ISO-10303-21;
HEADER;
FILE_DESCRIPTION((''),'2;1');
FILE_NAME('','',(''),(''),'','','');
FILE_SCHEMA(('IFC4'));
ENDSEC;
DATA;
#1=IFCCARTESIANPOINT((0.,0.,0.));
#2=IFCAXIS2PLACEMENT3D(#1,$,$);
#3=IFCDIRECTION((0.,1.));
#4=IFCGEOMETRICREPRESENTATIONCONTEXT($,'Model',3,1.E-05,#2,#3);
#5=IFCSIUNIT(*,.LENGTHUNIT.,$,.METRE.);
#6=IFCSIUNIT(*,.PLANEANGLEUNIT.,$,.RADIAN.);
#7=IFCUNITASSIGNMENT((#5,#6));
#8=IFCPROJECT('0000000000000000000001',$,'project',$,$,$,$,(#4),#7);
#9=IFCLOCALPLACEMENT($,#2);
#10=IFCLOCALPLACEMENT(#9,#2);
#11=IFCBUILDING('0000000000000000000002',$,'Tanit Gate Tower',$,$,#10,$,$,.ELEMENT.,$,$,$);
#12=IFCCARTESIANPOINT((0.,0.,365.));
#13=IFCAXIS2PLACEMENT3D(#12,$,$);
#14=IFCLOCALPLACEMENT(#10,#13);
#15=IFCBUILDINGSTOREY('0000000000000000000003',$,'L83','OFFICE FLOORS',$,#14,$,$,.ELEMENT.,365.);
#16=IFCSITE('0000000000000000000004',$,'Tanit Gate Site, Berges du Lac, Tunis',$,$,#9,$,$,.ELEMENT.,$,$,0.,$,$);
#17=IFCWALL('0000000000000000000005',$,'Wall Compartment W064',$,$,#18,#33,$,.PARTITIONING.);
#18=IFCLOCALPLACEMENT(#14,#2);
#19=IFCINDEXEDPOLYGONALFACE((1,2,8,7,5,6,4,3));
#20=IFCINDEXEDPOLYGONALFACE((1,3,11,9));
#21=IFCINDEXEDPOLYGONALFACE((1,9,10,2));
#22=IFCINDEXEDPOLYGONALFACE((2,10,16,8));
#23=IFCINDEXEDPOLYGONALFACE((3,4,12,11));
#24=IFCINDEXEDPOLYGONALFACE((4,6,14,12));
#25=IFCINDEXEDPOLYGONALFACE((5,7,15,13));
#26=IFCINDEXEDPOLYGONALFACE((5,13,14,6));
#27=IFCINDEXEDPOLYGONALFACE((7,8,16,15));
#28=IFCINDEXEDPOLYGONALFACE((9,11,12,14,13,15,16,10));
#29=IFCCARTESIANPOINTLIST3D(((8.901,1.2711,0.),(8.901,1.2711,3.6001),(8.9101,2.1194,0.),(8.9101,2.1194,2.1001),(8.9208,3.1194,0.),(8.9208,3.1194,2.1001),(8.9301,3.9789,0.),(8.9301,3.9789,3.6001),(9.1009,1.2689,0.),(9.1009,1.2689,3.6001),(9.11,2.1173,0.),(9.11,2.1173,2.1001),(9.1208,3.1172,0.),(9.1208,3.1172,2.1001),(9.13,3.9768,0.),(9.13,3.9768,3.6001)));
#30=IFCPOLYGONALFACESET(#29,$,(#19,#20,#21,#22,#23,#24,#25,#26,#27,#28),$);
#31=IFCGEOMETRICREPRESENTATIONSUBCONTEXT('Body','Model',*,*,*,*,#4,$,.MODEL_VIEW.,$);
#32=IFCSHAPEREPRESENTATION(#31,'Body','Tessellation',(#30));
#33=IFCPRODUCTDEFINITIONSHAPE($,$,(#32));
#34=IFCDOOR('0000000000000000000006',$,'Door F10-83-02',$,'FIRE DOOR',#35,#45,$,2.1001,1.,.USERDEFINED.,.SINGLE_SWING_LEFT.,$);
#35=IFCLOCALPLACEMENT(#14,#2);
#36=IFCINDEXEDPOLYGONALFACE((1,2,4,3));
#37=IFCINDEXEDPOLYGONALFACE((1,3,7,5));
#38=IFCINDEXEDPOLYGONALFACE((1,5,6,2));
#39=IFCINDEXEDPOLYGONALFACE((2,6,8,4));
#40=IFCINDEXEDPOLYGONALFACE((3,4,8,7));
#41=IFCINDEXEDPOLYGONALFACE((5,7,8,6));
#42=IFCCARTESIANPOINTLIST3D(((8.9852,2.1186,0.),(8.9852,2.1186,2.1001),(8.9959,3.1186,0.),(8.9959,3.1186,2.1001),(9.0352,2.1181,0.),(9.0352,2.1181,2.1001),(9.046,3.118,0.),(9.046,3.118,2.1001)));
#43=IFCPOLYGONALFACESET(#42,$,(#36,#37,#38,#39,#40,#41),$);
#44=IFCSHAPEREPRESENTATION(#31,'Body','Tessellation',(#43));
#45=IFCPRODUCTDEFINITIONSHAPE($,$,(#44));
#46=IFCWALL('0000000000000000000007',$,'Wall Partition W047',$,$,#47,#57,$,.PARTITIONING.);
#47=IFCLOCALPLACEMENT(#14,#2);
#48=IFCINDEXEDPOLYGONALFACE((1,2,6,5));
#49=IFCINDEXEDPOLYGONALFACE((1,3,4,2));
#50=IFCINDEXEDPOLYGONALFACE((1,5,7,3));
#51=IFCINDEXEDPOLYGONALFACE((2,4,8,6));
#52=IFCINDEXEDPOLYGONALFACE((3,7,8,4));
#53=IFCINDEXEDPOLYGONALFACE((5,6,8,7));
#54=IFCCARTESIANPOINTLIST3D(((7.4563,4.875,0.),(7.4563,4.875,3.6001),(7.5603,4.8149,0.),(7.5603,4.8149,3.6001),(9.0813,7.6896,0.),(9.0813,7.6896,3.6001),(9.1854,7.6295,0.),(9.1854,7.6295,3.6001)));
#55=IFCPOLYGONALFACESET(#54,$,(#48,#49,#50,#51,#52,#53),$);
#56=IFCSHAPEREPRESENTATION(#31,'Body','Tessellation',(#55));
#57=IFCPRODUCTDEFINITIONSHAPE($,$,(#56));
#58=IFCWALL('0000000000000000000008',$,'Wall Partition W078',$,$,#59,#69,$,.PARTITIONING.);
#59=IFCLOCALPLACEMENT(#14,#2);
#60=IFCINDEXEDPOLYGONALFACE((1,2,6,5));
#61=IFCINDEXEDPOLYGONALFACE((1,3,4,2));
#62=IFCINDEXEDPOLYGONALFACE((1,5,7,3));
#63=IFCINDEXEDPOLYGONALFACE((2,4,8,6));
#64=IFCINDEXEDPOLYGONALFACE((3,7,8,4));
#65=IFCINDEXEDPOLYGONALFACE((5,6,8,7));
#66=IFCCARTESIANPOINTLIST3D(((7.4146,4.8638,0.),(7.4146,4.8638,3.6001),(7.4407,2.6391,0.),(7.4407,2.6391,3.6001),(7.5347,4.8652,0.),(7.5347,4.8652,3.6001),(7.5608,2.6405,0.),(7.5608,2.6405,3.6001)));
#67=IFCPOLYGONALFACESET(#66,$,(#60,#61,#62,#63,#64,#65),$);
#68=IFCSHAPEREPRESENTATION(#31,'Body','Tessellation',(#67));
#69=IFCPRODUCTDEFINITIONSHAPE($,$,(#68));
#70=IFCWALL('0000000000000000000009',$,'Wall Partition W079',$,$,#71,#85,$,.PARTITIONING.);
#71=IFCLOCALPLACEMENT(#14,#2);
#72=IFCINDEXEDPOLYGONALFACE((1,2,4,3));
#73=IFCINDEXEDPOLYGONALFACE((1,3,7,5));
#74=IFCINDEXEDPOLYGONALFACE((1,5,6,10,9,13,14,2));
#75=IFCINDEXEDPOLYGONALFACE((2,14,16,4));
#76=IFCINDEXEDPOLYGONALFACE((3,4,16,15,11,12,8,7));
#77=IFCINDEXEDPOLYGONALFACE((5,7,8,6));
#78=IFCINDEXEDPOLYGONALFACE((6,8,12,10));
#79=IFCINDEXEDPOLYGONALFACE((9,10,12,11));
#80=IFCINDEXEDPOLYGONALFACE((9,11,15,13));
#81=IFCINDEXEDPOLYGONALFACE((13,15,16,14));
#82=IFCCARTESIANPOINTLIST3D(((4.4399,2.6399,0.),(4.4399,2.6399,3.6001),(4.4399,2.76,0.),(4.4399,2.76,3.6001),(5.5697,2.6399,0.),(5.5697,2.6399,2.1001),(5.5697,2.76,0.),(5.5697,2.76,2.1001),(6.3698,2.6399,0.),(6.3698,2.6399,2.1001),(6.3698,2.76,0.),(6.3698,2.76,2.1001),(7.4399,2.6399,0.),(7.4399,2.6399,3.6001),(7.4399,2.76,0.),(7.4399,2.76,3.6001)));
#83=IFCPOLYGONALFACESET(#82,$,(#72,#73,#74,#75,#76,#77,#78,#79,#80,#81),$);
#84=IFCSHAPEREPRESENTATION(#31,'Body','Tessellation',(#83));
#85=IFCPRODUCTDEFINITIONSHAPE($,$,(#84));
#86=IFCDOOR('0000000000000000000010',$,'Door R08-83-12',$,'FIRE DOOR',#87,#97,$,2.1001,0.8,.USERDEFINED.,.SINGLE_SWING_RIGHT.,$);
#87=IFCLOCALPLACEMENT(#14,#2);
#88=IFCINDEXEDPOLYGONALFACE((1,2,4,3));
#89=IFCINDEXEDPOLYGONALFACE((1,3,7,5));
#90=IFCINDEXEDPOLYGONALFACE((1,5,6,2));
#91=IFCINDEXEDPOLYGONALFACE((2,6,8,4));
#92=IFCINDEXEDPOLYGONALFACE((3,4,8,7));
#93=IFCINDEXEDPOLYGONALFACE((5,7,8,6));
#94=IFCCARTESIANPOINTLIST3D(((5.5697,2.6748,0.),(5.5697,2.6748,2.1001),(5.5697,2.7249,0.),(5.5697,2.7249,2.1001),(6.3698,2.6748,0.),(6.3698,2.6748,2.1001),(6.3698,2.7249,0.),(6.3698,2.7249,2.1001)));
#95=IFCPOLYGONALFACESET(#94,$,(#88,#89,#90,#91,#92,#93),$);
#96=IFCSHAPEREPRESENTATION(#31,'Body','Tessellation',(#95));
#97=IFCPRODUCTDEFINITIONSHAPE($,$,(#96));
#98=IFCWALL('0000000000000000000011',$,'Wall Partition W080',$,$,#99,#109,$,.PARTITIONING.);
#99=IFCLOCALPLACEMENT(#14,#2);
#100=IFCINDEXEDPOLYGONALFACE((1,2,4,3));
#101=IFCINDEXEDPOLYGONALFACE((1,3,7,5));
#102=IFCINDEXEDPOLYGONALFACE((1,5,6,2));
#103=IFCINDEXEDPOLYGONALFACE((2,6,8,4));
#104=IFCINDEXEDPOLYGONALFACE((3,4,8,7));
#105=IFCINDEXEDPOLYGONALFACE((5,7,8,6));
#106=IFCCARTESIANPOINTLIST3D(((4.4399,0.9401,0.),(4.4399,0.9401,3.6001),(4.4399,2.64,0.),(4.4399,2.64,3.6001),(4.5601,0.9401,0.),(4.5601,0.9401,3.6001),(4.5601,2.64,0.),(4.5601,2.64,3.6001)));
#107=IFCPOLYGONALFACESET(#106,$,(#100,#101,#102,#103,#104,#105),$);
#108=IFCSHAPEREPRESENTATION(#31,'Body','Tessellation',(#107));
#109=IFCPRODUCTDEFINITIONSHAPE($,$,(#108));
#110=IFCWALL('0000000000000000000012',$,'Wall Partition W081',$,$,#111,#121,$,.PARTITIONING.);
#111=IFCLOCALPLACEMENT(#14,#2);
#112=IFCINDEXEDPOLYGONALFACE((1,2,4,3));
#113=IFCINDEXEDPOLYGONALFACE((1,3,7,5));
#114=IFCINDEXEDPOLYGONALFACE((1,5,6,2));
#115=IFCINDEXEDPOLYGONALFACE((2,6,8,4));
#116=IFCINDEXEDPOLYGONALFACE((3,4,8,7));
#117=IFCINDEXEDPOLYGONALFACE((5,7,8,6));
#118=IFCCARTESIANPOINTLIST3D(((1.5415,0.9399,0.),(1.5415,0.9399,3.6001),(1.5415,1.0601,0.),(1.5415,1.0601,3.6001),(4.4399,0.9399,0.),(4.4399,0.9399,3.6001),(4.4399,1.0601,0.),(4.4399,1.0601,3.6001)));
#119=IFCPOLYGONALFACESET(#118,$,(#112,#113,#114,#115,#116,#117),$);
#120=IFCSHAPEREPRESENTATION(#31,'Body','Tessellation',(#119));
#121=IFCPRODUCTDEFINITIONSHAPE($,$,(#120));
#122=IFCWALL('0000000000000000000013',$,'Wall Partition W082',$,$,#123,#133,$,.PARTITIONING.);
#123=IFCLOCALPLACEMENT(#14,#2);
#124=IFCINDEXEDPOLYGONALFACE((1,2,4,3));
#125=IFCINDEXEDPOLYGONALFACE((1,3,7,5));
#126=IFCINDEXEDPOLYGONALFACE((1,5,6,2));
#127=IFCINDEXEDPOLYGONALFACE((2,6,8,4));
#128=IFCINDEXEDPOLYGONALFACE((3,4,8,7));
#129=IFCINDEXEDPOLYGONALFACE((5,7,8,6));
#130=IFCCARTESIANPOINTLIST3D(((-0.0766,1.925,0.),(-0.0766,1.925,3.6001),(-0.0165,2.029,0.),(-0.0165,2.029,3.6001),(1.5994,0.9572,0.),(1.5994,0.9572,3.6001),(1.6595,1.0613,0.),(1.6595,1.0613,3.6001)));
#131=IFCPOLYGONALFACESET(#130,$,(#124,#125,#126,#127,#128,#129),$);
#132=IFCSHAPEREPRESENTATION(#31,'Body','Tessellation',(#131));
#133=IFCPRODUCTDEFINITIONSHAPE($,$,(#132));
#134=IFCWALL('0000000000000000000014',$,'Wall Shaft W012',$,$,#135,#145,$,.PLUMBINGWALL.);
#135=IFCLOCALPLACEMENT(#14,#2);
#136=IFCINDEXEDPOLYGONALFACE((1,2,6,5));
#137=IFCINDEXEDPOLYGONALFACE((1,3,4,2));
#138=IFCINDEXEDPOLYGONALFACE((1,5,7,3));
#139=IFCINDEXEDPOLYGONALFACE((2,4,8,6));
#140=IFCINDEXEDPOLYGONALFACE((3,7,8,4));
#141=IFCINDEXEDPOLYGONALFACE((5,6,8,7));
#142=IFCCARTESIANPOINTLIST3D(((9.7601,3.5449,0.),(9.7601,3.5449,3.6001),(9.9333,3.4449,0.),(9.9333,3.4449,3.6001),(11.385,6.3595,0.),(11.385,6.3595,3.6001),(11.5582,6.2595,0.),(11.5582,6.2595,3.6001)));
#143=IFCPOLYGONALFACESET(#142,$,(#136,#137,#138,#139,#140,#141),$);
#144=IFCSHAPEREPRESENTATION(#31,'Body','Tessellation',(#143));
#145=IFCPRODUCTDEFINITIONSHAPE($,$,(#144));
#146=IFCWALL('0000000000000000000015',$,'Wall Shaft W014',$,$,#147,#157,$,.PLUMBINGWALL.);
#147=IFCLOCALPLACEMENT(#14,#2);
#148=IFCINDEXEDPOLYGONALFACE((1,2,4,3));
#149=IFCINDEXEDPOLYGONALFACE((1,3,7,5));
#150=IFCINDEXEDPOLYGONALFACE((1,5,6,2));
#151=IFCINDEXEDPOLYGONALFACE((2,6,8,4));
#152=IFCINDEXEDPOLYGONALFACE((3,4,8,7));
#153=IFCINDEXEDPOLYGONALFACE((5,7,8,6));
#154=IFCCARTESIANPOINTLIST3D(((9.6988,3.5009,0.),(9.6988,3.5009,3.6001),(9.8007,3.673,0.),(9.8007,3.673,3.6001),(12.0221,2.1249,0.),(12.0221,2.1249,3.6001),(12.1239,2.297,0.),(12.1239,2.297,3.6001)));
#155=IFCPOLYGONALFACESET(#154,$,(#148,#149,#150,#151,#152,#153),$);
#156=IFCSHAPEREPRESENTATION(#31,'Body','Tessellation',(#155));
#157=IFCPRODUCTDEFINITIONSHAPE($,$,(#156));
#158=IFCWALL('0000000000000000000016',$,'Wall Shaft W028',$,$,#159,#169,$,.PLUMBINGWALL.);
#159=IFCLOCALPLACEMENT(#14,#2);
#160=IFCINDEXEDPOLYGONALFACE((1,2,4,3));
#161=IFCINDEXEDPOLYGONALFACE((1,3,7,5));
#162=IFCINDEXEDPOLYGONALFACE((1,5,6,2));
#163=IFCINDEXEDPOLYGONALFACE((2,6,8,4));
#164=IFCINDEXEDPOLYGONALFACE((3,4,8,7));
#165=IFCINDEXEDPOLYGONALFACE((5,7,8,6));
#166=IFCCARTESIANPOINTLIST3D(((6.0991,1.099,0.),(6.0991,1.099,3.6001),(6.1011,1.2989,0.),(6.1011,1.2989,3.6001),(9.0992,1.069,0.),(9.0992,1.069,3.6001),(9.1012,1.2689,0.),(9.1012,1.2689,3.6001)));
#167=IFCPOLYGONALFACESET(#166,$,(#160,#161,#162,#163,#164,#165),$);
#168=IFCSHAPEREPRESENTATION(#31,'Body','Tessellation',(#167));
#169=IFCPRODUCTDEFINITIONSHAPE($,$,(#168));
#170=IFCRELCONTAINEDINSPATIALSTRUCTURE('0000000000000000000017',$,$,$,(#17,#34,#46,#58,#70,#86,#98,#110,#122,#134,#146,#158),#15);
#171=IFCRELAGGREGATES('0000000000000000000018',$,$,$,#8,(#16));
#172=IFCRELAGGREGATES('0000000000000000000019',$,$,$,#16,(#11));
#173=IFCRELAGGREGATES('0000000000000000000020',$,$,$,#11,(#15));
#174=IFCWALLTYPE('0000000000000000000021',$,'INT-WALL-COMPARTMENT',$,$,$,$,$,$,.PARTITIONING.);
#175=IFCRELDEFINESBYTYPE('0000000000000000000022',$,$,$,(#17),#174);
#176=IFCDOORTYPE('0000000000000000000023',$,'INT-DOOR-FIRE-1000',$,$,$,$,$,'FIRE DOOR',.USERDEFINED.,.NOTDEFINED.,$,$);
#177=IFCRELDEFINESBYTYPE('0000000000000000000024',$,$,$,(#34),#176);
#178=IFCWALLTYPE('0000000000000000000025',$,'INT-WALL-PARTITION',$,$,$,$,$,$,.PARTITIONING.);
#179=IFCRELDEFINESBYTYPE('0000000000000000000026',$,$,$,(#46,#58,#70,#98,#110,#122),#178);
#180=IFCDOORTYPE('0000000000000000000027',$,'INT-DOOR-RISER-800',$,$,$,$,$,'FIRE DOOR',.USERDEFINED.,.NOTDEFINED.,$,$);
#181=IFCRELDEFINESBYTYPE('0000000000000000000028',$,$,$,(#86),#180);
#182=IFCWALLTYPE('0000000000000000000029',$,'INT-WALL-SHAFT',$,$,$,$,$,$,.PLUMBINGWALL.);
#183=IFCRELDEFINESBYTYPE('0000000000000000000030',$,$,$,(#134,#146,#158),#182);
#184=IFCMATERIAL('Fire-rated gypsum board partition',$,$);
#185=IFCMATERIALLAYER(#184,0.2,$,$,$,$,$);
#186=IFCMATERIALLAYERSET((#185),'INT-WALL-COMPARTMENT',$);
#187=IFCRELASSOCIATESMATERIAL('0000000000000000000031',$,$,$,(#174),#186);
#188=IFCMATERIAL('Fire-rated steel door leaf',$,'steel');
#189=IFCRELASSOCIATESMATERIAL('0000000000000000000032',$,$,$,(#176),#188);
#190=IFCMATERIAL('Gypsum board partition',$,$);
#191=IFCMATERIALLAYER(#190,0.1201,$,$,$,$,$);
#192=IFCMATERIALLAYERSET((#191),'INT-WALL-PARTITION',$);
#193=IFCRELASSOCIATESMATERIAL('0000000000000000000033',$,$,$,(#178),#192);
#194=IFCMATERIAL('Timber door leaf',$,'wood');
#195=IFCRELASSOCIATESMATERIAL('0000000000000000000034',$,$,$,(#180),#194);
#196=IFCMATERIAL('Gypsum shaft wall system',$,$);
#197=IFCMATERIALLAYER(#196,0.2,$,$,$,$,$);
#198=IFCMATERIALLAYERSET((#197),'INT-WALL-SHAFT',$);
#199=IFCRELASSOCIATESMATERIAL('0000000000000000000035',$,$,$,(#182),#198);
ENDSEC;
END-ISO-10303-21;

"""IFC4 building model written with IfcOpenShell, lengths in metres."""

from ifc_helpers import new_model, si_unit, direction, frame, frame_2d, origin, place, context, subcontext, project, spatial, rectangle, extrude, material, layer, layer_set, type_object, element, fill, save


model = new_model("IFC4")

# Units and contexts
model_context = context("Model", 3, precision=1e-05, world=origin(), true_north=direction((0.0, 1.0)))
body_context = subcontext(model_context, "Body", "Model", "MODEL_VIEW")
ifc_project = project(units=[si_unit("LENGTHUNIT", "METRE"), si_unit("PLANEANGLEUNIT", "RADIAN")], contexts=[model_context])

# Site, building, storey
site_placement = place(None, origin())
site = spatial("IfcSite", under=ifc_project, at=site_placement, Name="Tanit Gate Site, Berges du Lac, Tunis", CompositionType="ELEMENT", RefElevation=0.0)
building_placement = place(site_placement, origin())
building = spatial("IfcBuilding", under=site, at=building_placement, Name="Tanit Gate Tower", CompositionType="ELEMENT")
storey_placement = place(building_placement, frame((0.0, 0.0, 365.0)))
storey = spatial("IfcBuildingStorey", under=building, at=storey_placement, Name="L83", Description="OFFICE FLOORS", CompositionType="ELEMENT", Elevation=365.0)

# Shared definitions
ifc_material_1 = material(Name="Fire-rated gypsum board partition")
ifc_layer_1 = layer(ifc_material_1, 0.2)
ifc_layer_set_1 = layer_set([ifc_layer_1], Name="INT-WALL-COMPARTMENT")
wall_type_1 = type_object("IfcWallType", Name="INT-WALL-COMPARTMENT", PredefinedType="PARTITIONING", material=ifc_layer_set_1)

# Wall, opening, door
wall_1_placement = place(storey_placement, frame((9.001, 1.27, 0.0), z_axis=(0.0, 0.0, 1.0), x_axis=(0.010729, 0.999942, 0.0)))
wall_1 = element("IfcWall", 1, at=wall_1_placement, inside=storey, type_object=wall_type_1, Name="Wall Compartment W064", PredefinedType="PARTITIONING", context=body_context, shape_type="SweptSolid", body=[
    extrude(rectangle(XDim=2.708, YDim=0.2, at=frame_2d((1.354, 0.0))), origin(), (0.0, 0.0, 1.0), 3.6001),
])
opening_1_placement = place(wall_1_placement, frame((0.8484, 0.0, 0.0)))
opening_1 = element("IfcOpeningElement", 2, at=opening_1_placement, cuts=wall_1, PredefinedType="OPENING", context=body_context, shape_type="SweptSolid", body=[
    extrude(rectangle(XDim=1.0, YDim=2.1001, at=frame_2d((0.5, 1.05))), frame((0.0, 0.1099, 0.0), z_axis=(0.0, -1.0, 0.0), x_axis=(1.0, 0.0, 0.0)), (0.0, 0.0, 1.0), 0.22),
])
ifc_material_2 = material(Name="Fire-rated steel door leaf", Category="steel")
door_type_1 = type_object("IfcDoorType", Name="INT-DOOR-FIRE-1000", ElementType="FIRE DOOR", OperationType="NOTDEFINED", PredefinedType="USERDEFINED", material=ifc_material_2)
door_1_placement = place(opening_1_placement, origin())
door_1 = element("IfcDoor", 3, at=door_1_placement, inside=storey, type_object=door_type_1, Name="Door F10-83-02", ObjectType="FIRE DOOR", OperationType="SINGLE_SWING_LEFT", OverallHeight=2.1001, OverallWidth=1.0, PredefinedType="USERDEFINED", context=body_context, shape_type="SweptSolid", body=[
    extrude(rectangle(XDim=1.0, YDim=2.1001, at=frame_2d((0.5, 1.05))), frame((0.0, 0.0249, 0.0), z_axis=(0.0, -1.0, 0.0), x_axis=(1.0, 0.0, 0.0)), (0.0, 0.0, 1.0), 0.05),
])
fill(opening_1, door_1)

# Walls
ifc_material_3 = material(Name="Gypsum board partition")
ifc_layer_2 = layer(ifc_material_3, 0.1201)
ifc_layer_set_2 = layer_set([ifc_layer_2], Name="INT-WALL-PARTITION")
wall_type_2 = type_object("IfcWallType", Name="INT-WALL-PARTITION", PredefinedType="PARTITIONING", material=ifc_layer_set_2)
wall_2_placement = place(storey_placement, frame((7.5083, 4.845, 0.0), z_axis=(0.0, 0.0, 1.0), x_axis=(0.500017, 0.866015, 0.0)))
element("IfcWall", 4, at=wall_2_placement, inside=storey, type_object=wall_type_2, Name="Wall Partition W047", PredefinedType="PARTITIONING", context=body_context, shape_type="SweptSolid", body=[
    extrude(rectangle(XDim=3.25, YDim=0.1201, at=frame_2d((1.625, 0.0))), origin(), (0.0, 0.0, 1.0), 3.6001),
])
wall_3_placement = place(storey_placement, frame((7.5007, 2.6399, 0.0), z_axis=(0.0, 0.0, 1.0), x_axis=(-0.011742, 0.999931, 0.0)))
element("IfcWall", 5, at=wall_3_placement, inside=storey, type_object=wall_type_2, Name="Wall Partition W078", PredefinedType="PARTITIONING", context=body_context, shape_type="SweptSolid", body=[
    extrude(rectangle(XDim=2.2249, YDim=0.1201, at=frame_2d((1.1123, 0.0))), origin(), (0.0, 0.0, 1.0), 3.6001),
])

# Wall, opening, door
wall_4_placement = place(storey_placement, frame((4.4399, 2.7, 0.0), z_axis=(0.0, 0.0, 1.0), x_axis=(1.0, 0.0, 0.0)))
wall_4 = element("IfcWall", 6, at=wall_4_placement, inside=storey, type_object=wall_type_2, Name="Wall Partition W079", PredefinedType="PARTITIONING", context=body_context, shape_type="SweptSolid", body=[
    extrude(rectangle(XDim=3.0, YDim=0.1201, at=frame_2d((1.5, 0.0))), origin(), (0.0, 0.0, 1.0), 3.6001),
])
opening_2_placement = place(wall_4_placement, frame((1.1299, 0.0, 0.0)))
opening_2 = element("IfcOpeningElement", 7, at=opening_2_placement, cuts=wall_4, PredefinedType="OPENING", context=body_context, shape_type="SweptSolid", body=[
    extrude(rectangle(XDim=0.8, YDim=2.1001, at=frame_2d((0.3999, 1.05))), frame((0.0, 0.0701, 0.0), z_axis=(0.0, -1.0, 0.0), x_axis=(1.0, 0.0, 0.0)), (0.0, 0.0, 1.0), 0.1401),
])
ifc_material_4 = material(Name="Timber door leaf", Category="wood")
door_type_2 = type_object("IfcDoorType", Name="INT-DOOR-RISER-800", ElementType="FIRE DOOR", OperationType="NOTDEFINED", PredefinedType="USERDEFINED", material=ifc_material_4)
door_2_placement = place(opening_2_placement, origin())
door_2 = element("IfcDoor", 8, at=door_2_placement, inside=storey, type_object=door_type_2, Name="Door R08-83-12", ObjectType="FIRE DOOR", OperationType="SINGLE_SWING_RIGHT", OverallHeight=2.1001, OverallWidth=0.8, PredefinedType="USERDEFINED", context=body_context, shape_type="SweptSolid", body=[
    extrude(rectangle(XDim=0.8, YDim=2.1001, at=frame_2d((0.3999, 1.05))), frame((0.0, 0.0249, 0.0), z_axis=(0.0, -1.0, 0.0), x_axis=(1.0, 0.0, 0.0)), (0.0, 0.0, 1.0), 0.05),
])
fill(opening_2, door_2)

# Walls
wall_5_placement = place(storey_placement, frame((4.5, 0.9399, 0.0), z_axis=(0.0, 0.0, 1.0), x_axis=(0.0, 1.0, 0.0)))
element("IfcWall", 9, at=wall_5_placement, inside=storey, type_object=wall_type_2, Name="Wall Partition W080", PredefinedType="PARTITIONING", context=body_context, shape_type="SweptSolid", body=[
    extrude(rectangle(XDim=1.7, YDim=0.1201, at=frame_2d((0.8501, 0.0))), origin(), (0.0, 0.0, 1.0), 3.6001),
])
wall_6_placement = place(storey_placement, frame((1.5415, 1.0, 0.0), z_axis=(0.0, 0.0, 1.0), x_axis=(1.0, 0.0, 0.0)))
element("IfcWall", 10, at=wall_6_placement, inside=storey, type_object=wall_type_2, Name="Wall Partition W081", PredefinedType="PARTITIONING", context=body_context, shape_type="SweptSolid", body=[
    extrude(rectangle(XDim=2.8984, YDim=0.1201, at=frame_2d((1.4492, 0.0))), origin(), (0.0, 0.0, 1.0), 3.6001),
])
wall_7_placement = place(storey_placement, frame((-0.0466, 1.9771, 0.0), z_axis=(0.0, 0.0, 1.0), x_axis=(0.865999, -0.500046, 0.0)))
element("IfcWall", 11, at=wall_7_placement, inside=storey, type_object=wall_type_2, Name="Wall Partition W082", PredefinedType="PARTITIONING", context=body_context, shape_type="SweptSolid", body=[
    extrude(rectangle(XDim=1.9353, YDim=0.1201, at=frame_2d((0.9678, 0.0))), origin(), (0.0, 0.0, 1.0), 3.6001),
])
ifc_material_5 = material(Name="Gypsum shaft wall system")
ifc_layer_3 = layer(ifc_material_5, 0.2)
ifc_layer_set_3 = layer_set([ifc_layer_3], Name="INT-WALL-SHAFT")
wall_type_3 = type_object("IfcWallType", Name="INT-WALL-SHAFT", PredefinedType="PLUMBINGWALL", material=ifc_layer_set_3)
wall_8_placement = place(storey_placement, frame((9.8467, 3.4949, 0.0), z_axis=(0.0, 0.0, 1.0), x_axis=(0.499985, 0.866034, 0.0)))
element("IfcWall", 12, at=wall_8_placement, inside=storey, type_object=wall_type_3, Name="Wall Shaft W012", PredefinedType="PLUMBINGWALL", context=body_context, shape_type="SweptSolid", body=[
    extrude(rectangle(XDim=3.25, YDim=0.2, at=frame_2d((1.625, 0.0))), origin(), (0.0, 0.0, 1.0), 3.6001),
])
wall_9_placement = place(storey_placement, frame((12.073, 2.2109, 0.0), z_axis=(0.0, 0.0, 1.0), x_axis=(-0.860415, 0.509594, 0.0)))
element("IfcWall", 13, at=wall_9_placement, inside=storey, type_object=wall_type_3, Name="Wall Shaft W014", PredefinedType="PLUMBINGWALL", context=body_context, shape_type="SweptSolid", body=[
    extrude(rectangle(XDim=2.7002, YDim=0.2, at=frame_2d((1.3501, 0.0))), origin(), (0.0, 0.0, 1.0), 3.6001),
])

# Wall
wall_10_placement = place(storey_placement, frame((9.1001, 1.1689, 0.0), z_axis=(0.0, 0.0, 1.0), x_axis=(-0.99995, 0.010009, 0.0)))
element("IfcWall", 14, at=wall_10_placement, inside=storey, type_object=wall_type_3, Name="Wall Shaft W028", PredefinedType="PLUMBINGWALL", context=body_context, shape_type="SweptSolid", body=[
    extrude(rectangle(XDim=3.0002, YDim=0.2, at=frame_2d((1.5, 0.0))), origin(), (0.0, 0.0, 1.0), 3.6001),
])

save(model, "model.ifc")
